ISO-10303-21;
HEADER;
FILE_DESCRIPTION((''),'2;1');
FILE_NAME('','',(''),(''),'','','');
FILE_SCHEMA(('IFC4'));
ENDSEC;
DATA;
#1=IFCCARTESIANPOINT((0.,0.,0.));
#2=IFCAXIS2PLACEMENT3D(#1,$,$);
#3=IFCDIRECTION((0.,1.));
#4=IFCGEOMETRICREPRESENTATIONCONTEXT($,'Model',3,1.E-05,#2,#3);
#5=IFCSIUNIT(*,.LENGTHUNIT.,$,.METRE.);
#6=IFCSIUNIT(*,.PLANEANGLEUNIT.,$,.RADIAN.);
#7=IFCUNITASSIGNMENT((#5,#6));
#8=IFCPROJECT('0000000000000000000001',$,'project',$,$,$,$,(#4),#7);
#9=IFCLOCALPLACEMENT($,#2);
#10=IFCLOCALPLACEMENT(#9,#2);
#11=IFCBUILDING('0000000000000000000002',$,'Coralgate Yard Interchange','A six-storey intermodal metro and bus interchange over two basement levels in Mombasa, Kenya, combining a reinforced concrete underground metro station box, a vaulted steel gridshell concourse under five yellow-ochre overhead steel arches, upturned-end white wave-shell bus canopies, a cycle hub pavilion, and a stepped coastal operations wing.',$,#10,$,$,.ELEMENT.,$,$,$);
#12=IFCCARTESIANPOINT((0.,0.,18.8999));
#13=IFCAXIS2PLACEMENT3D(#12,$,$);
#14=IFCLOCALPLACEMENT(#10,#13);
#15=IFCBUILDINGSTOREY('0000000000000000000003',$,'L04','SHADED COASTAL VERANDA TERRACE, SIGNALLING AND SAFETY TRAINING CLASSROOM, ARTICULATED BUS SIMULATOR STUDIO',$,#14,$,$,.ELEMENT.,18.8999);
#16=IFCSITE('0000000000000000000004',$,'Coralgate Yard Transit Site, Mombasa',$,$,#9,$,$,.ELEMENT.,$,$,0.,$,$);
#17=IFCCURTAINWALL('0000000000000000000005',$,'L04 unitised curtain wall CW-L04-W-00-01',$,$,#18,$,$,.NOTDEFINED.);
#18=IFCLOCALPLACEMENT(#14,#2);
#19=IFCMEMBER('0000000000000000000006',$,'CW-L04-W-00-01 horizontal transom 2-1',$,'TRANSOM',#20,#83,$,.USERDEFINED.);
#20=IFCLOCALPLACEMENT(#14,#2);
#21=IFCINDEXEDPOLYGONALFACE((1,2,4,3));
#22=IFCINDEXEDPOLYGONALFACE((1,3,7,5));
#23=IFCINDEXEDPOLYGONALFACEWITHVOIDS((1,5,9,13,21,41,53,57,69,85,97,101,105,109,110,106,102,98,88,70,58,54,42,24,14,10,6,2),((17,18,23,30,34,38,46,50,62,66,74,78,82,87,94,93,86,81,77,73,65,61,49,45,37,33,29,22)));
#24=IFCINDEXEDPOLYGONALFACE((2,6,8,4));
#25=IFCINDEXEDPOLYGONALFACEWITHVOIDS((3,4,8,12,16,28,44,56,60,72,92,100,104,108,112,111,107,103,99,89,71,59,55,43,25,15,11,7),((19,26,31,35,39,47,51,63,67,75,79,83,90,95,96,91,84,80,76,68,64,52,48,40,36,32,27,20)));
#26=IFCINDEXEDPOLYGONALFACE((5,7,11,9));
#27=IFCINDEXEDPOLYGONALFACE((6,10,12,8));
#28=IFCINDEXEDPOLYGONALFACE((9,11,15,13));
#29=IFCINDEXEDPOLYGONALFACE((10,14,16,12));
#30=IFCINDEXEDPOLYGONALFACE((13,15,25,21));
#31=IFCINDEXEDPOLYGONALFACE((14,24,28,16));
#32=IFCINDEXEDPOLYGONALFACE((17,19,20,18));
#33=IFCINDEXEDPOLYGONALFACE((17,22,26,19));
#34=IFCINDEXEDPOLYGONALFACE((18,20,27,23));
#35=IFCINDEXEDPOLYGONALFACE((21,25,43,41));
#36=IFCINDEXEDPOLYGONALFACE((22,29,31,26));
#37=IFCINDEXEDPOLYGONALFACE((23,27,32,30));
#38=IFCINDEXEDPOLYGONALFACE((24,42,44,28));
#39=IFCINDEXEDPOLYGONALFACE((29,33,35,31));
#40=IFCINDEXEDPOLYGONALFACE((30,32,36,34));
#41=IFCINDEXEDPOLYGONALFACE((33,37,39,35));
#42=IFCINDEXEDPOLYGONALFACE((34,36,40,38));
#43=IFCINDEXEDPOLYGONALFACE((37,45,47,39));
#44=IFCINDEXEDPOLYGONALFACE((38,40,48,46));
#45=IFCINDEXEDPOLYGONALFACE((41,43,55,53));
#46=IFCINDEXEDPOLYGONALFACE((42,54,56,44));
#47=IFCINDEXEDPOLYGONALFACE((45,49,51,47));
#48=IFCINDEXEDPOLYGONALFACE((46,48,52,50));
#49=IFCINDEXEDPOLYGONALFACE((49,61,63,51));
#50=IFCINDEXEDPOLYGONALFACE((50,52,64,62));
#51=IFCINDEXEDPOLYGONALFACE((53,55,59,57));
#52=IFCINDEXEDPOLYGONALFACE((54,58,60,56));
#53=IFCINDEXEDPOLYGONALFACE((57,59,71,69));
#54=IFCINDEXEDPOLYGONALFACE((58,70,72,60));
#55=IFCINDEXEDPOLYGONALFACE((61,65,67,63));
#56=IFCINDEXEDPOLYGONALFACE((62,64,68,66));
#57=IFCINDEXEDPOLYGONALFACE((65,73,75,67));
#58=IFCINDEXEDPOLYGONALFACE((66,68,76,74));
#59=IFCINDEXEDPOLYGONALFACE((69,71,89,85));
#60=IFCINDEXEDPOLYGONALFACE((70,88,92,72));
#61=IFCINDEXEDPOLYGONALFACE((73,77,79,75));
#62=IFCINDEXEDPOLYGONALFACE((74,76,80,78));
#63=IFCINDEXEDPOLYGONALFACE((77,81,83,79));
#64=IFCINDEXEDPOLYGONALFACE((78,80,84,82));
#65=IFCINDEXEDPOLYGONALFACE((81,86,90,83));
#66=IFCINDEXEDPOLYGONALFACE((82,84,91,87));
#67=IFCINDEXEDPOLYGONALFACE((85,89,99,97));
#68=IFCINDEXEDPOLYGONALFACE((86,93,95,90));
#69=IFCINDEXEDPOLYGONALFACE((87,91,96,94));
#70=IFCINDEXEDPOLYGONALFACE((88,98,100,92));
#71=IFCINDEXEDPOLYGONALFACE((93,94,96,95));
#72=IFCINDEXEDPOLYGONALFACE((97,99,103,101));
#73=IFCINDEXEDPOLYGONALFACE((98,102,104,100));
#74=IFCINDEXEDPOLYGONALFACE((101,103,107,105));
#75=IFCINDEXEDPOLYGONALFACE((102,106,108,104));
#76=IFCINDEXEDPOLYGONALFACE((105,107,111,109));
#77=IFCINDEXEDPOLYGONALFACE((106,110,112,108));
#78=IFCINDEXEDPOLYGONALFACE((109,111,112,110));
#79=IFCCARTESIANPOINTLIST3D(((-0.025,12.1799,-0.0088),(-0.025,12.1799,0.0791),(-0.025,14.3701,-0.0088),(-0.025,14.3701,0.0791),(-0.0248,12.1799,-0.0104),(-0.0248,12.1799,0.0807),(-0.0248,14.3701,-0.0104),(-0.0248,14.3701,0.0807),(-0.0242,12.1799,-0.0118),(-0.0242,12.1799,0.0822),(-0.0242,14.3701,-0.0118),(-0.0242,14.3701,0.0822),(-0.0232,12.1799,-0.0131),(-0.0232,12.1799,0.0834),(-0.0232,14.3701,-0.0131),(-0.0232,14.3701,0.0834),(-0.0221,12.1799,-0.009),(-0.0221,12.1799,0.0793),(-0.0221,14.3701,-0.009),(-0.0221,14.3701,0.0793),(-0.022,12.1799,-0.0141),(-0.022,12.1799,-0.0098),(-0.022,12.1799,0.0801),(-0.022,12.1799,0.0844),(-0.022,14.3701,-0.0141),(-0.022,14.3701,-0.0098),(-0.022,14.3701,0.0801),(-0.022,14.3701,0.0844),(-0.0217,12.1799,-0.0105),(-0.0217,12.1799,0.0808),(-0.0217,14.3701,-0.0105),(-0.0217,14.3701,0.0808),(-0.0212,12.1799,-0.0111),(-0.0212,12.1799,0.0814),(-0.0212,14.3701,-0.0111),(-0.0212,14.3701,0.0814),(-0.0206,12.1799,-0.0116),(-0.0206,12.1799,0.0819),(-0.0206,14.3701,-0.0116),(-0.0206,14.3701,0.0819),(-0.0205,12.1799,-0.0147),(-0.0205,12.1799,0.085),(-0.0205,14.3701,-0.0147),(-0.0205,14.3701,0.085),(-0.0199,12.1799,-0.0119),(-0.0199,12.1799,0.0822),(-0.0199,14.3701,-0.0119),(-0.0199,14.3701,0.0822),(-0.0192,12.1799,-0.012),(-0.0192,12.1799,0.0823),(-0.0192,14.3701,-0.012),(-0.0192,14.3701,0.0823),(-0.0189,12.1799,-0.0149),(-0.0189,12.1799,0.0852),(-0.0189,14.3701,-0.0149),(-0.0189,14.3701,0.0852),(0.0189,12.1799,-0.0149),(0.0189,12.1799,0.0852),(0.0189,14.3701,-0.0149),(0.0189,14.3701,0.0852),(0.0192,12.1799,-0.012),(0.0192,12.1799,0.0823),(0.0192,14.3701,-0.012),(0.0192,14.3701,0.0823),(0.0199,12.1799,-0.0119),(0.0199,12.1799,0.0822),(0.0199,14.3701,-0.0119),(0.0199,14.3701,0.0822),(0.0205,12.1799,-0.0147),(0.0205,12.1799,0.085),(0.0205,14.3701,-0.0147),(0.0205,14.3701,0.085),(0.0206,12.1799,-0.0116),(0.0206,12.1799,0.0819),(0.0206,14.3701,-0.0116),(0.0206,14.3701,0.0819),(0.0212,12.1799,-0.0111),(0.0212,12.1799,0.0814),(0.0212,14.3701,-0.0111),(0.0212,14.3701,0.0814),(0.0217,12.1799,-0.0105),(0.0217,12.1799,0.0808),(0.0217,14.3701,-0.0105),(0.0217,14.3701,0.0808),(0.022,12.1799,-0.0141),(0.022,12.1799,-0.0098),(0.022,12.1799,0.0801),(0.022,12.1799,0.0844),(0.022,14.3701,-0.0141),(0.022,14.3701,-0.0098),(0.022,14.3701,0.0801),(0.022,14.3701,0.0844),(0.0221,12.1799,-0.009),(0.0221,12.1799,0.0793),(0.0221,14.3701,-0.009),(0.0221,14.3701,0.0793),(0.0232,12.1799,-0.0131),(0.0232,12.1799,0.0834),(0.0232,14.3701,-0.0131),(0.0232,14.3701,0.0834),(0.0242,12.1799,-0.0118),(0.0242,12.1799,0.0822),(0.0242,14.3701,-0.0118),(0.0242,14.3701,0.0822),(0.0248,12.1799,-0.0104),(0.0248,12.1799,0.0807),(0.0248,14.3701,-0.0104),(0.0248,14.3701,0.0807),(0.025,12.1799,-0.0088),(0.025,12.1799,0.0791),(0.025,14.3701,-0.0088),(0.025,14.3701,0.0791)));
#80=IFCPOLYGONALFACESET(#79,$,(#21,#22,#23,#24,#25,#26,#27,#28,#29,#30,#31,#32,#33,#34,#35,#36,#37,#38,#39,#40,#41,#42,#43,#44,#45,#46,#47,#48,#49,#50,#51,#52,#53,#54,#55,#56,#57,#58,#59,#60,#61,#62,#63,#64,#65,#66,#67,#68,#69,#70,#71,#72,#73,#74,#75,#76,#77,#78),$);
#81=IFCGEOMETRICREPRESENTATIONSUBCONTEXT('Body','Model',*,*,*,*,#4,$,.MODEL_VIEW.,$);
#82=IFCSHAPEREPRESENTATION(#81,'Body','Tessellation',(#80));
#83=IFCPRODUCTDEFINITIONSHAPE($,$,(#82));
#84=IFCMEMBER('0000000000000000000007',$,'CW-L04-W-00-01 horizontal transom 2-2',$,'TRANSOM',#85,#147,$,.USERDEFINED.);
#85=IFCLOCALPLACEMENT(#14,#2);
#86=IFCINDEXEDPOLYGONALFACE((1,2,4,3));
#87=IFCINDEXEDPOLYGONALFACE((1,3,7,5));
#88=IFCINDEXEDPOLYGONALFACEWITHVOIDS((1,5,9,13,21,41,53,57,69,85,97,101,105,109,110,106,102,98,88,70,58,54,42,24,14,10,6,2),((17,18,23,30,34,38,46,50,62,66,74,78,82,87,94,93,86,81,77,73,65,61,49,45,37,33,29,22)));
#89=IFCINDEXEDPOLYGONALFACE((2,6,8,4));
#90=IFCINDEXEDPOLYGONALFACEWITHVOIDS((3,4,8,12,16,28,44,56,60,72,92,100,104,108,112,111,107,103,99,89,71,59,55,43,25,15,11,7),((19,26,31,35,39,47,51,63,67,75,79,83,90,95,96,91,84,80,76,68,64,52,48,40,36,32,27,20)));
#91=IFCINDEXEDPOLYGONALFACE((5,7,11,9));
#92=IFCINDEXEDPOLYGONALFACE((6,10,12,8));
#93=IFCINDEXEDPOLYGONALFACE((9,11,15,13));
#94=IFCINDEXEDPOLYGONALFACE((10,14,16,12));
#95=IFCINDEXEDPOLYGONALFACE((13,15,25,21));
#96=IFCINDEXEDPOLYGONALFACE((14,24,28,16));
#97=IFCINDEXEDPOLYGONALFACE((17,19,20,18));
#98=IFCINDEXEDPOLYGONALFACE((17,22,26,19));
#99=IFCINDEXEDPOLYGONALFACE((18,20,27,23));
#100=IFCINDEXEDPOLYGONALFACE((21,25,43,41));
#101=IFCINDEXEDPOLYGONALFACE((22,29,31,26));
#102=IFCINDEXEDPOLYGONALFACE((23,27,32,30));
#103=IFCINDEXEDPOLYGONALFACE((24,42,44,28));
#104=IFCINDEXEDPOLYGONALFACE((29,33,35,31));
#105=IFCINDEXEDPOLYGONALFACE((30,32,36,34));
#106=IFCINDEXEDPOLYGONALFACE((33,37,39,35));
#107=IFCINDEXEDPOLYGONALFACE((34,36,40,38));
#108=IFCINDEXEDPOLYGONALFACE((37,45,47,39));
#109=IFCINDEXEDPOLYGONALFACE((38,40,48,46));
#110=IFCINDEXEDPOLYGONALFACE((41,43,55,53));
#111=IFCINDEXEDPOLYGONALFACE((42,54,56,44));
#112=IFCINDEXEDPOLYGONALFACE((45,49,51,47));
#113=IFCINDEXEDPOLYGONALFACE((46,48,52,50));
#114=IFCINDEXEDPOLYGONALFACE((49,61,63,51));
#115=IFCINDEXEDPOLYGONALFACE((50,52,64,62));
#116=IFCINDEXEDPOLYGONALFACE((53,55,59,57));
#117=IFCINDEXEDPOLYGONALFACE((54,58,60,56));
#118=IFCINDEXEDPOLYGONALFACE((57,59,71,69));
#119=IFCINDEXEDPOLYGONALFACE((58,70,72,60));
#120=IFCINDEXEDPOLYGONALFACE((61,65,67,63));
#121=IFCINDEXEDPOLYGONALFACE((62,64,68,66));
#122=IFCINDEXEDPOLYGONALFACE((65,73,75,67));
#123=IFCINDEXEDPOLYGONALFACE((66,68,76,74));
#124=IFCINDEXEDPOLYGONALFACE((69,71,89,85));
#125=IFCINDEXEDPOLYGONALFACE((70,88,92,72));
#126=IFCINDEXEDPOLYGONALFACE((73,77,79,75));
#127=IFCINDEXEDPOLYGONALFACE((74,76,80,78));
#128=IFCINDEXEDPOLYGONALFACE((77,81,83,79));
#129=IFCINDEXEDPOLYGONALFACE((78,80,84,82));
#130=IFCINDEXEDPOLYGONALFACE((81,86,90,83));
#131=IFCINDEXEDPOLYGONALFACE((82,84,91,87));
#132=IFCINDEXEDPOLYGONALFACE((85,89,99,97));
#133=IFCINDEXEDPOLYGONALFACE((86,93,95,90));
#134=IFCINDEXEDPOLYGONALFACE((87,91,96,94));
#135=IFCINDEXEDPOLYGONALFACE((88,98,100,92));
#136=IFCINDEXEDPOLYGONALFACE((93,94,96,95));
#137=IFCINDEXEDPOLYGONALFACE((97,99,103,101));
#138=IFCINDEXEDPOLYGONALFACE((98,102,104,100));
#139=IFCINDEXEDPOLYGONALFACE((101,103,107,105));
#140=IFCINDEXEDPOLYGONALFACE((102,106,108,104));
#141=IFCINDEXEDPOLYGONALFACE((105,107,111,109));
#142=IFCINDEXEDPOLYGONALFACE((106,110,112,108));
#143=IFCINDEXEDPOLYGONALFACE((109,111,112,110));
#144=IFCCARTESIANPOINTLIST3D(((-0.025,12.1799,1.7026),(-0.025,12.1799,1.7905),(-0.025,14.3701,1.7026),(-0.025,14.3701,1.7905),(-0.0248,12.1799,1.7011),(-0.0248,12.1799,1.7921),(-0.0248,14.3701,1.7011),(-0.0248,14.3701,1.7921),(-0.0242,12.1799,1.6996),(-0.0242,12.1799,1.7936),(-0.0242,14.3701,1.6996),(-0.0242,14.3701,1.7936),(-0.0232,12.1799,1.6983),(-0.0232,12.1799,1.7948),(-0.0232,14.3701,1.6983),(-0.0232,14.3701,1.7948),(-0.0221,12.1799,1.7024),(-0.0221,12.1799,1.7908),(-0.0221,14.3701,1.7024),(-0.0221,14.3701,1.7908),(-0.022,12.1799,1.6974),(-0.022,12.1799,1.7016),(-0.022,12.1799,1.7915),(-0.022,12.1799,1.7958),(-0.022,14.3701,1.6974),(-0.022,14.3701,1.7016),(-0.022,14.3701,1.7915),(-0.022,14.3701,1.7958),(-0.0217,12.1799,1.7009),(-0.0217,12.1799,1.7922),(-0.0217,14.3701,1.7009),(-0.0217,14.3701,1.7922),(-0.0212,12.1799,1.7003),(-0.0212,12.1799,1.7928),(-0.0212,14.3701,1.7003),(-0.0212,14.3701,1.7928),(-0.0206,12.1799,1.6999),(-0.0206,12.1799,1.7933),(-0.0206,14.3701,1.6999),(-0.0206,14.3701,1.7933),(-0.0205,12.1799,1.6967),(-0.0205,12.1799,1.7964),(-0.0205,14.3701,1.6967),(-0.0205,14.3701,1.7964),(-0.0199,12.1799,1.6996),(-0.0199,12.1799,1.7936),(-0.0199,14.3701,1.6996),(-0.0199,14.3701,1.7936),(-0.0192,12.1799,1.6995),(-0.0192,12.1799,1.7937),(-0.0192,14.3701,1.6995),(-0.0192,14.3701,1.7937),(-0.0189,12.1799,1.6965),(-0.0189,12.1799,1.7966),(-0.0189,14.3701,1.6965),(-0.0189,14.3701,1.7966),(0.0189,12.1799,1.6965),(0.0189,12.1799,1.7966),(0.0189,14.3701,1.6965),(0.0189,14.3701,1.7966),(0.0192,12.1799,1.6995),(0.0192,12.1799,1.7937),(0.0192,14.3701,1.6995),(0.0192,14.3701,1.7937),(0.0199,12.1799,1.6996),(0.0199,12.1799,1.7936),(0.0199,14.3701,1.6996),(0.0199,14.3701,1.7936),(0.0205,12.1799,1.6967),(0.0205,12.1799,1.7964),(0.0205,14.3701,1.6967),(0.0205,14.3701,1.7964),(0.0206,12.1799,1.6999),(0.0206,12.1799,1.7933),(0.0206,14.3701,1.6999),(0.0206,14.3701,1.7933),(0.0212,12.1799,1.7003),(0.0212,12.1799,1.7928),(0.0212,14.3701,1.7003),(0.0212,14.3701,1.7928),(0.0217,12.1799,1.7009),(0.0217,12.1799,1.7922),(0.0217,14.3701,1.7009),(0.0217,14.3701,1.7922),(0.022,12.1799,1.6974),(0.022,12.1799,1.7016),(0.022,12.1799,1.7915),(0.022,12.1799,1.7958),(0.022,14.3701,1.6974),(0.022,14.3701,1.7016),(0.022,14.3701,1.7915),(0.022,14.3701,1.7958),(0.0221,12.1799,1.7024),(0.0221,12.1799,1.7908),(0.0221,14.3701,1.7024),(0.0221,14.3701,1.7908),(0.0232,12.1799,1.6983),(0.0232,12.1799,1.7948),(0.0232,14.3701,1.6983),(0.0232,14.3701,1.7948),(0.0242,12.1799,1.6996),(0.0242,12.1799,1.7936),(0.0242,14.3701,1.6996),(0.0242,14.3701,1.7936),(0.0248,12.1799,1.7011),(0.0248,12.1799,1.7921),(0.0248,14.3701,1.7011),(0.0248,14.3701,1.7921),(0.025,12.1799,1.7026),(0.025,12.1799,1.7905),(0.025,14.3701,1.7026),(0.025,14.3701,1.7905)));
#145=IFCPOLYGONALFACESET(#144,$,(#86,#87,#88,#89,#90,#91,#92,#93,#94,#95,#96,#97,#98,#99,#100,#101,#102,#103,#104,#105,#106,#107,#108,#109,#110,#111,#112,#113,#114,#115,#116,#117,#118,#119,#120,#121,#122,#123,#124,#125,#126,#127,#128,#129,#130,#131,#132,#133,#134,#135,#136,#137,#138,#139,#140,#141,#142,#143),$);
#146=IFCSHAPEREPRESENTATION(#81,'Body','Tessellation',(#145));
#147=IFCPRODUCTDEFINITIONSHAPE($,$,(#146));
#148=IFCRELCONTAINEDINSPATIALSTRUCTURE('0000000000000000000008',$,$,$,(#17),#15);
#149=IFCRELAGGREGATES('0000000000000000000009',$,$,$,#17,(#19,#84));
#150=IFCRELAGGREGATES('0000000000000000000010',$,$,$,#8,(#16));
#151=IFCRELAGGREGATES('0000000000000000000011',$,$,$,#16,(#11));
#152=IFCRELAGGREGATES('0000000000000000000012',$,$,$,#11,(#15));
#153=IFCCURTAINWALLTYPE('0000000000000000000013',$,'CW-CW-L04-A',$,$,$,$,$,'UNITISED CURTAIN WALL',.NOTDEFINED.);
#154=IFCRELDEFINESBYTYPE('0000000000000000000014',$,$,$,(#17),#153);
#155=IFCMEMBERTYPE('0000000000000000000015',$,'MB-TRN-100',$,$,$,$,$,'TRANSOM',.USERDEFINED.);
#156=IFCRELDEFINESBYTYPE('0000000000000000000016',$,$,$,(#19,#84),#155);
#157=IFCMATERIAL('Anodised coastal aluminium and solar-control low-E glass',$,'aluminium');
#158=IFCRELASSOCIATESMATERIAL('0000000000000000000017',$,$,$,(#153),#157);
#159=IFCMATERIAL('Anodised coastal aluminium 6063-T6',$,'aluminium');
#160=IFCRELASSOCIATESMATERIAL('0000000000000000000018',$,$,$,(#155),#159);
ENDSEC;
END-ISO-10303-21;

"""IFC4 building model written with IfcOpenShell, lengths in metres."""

from ifc_helpers import new_model, si_unit, direction, frame, origin, origin_2d, place, context, subcontext, project, spatial, hollow_rectangle, extrude, material, material_profile, profile_set, type_object, element, aggregate, save


model = new_model("IFC4")

# Units and contexts
model_context = context("Model", 3, precision=1e-05, world=origin(), true_north=direction((0.0, 1.0)))
body_context = subcontext(model_context, "Body", "Model", "MODEL_VIEW")
ifc_project = project(units=[si_unit("LENGTHUNIT", "METRE"), si_unit("PLANEANGLEUNIT", "RADIAN")], contexts=[model_context])

# Site, building, storey
site_placement = place(None, origin())
site = spatial("IfcSite", under=ifc_project, at=site_placement, Name="Coralgate Yard Transit Site, Mombasa", CompositionType="ELEMENT", RefElevation=0.0)
building_placement = place(site_placement, origin())
building = spatial("IfcBuilding", under=site, at=building_placement, Name="Coralgate Yard Interchange", Description="A six-storey intermodal metro and bus interchange over two basement levels in Mombasa, Kenya, combining a reinforced concrete underground metro station box, a vaulted steel gridshell concourse under five yellow-ochre overhead steel arches, upturned-end white wave-shell bus canopies, a cycle hub pavilion, and a stepped coastal operations wing.", CompositionType="ELEMENT")
storey_placement = place(building_placement, frame((0.0, 0.0, 18.8999)))
storey = spatial("IfcBuildingStorey", under=building, at=storey_placement, Name="L04", Description="SHADED COASTAL VERANDA TERRACE, SIGNALLING AND SAFETY TRAINING CLASSROOM, ARTICULATED BUS SIMULATOR STUDIO", CompositionType="ELEMENT", Elevation=18.8999)

# Curtain wall, members
ifc_material_1 = material(Name="Anodised coastal aluminium and solar-control low-E glass", Category="aluminium")
curtain_wall_type = type_object("IfcCurtainWallType", Name="CW-CW-L04-A", ElementType="UNITISED CURTAIN WALL", PredefinedType="NOTDEFINED", material=ifc_material_1)
curtain_wall_placement = place(storey_placement, origin())
curtain_wall = element("IfcCurtainWall", 1, at=curtain_wall_placement, inside=storey, type_object=curtain_wall_type, Name="L04 unitised curtain wall CW-L04-W-00-01", PredefinedType="NOTDEFINED")
ifc_material_2 = material(Name="Anodised coastal aluminium 6063-T6", Category="aluminium")
ifc_material_profile_1 = material_profile(ifc_material_2, hollow_rectangle(XDim=0.05, YDim=0.1001, WallThickness=0.0029, InnerFilletRadius=0.0029, OuterFilletRadius=0.0061, at=origin_2d()), Name="ALU 50x100x3")
ifc_profile_set_1 = profile_set([ifc_material_profile_1], Name="Anodised coastal aluminium 6063-T6")
member_type_1 = type_object("IfcMemberType", Name="MB-TRN-100", ElementType="TRANSOM", PredefinedType="USERDEFINED", material=ifc_profile_set_1)
member_1_placement = place(storey_placement, frame((0.0, 12.1799, 0.0352), z_axis=(0.0, 1.0, 0.0), x_axis=(-1.0, 0.0, 0.0)))
member_1 = element("IfcMember", 2, at=member_1_placement, type_object=member_type_1, Name="CW-L04-W-00-01 horizontal transom 2-1", ObjectType="TRANSOM", PredefinedType="USERDEFINED", context=body_context, shape_type="SweptSolid", body=[
    extrude(hollow_rectangle(XDim=0.05, YDim=0.1001, WallThickness=0.0029, InnerFilletRadius=0.0029, OuterFilletRadius=0.0061, at=origin_2d()), origin(), (0.0, 0.0, 1.0), 2.1902),
])
member_2_placement = place(storey_placement, frame((0.0, 12.1799, 1.7466), z_axis=(0.0, 1.0, 0.0), x_axis=(-1.0, 0.0, 0.0)))
member_2 = element("IfcMember", 3, at=member_2_placement, type_object=member_type_1, Name="CW-L04-W-00-01 horizontal transom 2-2", ObjectType="TRANSOM", PredefinedType="USERDEFINED", context=body_context, shape_type="SweptSolid", body=[
    extrude(hollow_rectangle(XDim=0.05, YDim=0.1001, WallThickness=0.0029, InnerFilletRadius=0.0029, OuterFilletRadius=0.0061, at=origin_2d()), origin(), (0.0, 0.0, 1.0), 2.1902),
])
aggregate(curtain_wall, [member_1, member_2])

save(model, "model.ifc")
